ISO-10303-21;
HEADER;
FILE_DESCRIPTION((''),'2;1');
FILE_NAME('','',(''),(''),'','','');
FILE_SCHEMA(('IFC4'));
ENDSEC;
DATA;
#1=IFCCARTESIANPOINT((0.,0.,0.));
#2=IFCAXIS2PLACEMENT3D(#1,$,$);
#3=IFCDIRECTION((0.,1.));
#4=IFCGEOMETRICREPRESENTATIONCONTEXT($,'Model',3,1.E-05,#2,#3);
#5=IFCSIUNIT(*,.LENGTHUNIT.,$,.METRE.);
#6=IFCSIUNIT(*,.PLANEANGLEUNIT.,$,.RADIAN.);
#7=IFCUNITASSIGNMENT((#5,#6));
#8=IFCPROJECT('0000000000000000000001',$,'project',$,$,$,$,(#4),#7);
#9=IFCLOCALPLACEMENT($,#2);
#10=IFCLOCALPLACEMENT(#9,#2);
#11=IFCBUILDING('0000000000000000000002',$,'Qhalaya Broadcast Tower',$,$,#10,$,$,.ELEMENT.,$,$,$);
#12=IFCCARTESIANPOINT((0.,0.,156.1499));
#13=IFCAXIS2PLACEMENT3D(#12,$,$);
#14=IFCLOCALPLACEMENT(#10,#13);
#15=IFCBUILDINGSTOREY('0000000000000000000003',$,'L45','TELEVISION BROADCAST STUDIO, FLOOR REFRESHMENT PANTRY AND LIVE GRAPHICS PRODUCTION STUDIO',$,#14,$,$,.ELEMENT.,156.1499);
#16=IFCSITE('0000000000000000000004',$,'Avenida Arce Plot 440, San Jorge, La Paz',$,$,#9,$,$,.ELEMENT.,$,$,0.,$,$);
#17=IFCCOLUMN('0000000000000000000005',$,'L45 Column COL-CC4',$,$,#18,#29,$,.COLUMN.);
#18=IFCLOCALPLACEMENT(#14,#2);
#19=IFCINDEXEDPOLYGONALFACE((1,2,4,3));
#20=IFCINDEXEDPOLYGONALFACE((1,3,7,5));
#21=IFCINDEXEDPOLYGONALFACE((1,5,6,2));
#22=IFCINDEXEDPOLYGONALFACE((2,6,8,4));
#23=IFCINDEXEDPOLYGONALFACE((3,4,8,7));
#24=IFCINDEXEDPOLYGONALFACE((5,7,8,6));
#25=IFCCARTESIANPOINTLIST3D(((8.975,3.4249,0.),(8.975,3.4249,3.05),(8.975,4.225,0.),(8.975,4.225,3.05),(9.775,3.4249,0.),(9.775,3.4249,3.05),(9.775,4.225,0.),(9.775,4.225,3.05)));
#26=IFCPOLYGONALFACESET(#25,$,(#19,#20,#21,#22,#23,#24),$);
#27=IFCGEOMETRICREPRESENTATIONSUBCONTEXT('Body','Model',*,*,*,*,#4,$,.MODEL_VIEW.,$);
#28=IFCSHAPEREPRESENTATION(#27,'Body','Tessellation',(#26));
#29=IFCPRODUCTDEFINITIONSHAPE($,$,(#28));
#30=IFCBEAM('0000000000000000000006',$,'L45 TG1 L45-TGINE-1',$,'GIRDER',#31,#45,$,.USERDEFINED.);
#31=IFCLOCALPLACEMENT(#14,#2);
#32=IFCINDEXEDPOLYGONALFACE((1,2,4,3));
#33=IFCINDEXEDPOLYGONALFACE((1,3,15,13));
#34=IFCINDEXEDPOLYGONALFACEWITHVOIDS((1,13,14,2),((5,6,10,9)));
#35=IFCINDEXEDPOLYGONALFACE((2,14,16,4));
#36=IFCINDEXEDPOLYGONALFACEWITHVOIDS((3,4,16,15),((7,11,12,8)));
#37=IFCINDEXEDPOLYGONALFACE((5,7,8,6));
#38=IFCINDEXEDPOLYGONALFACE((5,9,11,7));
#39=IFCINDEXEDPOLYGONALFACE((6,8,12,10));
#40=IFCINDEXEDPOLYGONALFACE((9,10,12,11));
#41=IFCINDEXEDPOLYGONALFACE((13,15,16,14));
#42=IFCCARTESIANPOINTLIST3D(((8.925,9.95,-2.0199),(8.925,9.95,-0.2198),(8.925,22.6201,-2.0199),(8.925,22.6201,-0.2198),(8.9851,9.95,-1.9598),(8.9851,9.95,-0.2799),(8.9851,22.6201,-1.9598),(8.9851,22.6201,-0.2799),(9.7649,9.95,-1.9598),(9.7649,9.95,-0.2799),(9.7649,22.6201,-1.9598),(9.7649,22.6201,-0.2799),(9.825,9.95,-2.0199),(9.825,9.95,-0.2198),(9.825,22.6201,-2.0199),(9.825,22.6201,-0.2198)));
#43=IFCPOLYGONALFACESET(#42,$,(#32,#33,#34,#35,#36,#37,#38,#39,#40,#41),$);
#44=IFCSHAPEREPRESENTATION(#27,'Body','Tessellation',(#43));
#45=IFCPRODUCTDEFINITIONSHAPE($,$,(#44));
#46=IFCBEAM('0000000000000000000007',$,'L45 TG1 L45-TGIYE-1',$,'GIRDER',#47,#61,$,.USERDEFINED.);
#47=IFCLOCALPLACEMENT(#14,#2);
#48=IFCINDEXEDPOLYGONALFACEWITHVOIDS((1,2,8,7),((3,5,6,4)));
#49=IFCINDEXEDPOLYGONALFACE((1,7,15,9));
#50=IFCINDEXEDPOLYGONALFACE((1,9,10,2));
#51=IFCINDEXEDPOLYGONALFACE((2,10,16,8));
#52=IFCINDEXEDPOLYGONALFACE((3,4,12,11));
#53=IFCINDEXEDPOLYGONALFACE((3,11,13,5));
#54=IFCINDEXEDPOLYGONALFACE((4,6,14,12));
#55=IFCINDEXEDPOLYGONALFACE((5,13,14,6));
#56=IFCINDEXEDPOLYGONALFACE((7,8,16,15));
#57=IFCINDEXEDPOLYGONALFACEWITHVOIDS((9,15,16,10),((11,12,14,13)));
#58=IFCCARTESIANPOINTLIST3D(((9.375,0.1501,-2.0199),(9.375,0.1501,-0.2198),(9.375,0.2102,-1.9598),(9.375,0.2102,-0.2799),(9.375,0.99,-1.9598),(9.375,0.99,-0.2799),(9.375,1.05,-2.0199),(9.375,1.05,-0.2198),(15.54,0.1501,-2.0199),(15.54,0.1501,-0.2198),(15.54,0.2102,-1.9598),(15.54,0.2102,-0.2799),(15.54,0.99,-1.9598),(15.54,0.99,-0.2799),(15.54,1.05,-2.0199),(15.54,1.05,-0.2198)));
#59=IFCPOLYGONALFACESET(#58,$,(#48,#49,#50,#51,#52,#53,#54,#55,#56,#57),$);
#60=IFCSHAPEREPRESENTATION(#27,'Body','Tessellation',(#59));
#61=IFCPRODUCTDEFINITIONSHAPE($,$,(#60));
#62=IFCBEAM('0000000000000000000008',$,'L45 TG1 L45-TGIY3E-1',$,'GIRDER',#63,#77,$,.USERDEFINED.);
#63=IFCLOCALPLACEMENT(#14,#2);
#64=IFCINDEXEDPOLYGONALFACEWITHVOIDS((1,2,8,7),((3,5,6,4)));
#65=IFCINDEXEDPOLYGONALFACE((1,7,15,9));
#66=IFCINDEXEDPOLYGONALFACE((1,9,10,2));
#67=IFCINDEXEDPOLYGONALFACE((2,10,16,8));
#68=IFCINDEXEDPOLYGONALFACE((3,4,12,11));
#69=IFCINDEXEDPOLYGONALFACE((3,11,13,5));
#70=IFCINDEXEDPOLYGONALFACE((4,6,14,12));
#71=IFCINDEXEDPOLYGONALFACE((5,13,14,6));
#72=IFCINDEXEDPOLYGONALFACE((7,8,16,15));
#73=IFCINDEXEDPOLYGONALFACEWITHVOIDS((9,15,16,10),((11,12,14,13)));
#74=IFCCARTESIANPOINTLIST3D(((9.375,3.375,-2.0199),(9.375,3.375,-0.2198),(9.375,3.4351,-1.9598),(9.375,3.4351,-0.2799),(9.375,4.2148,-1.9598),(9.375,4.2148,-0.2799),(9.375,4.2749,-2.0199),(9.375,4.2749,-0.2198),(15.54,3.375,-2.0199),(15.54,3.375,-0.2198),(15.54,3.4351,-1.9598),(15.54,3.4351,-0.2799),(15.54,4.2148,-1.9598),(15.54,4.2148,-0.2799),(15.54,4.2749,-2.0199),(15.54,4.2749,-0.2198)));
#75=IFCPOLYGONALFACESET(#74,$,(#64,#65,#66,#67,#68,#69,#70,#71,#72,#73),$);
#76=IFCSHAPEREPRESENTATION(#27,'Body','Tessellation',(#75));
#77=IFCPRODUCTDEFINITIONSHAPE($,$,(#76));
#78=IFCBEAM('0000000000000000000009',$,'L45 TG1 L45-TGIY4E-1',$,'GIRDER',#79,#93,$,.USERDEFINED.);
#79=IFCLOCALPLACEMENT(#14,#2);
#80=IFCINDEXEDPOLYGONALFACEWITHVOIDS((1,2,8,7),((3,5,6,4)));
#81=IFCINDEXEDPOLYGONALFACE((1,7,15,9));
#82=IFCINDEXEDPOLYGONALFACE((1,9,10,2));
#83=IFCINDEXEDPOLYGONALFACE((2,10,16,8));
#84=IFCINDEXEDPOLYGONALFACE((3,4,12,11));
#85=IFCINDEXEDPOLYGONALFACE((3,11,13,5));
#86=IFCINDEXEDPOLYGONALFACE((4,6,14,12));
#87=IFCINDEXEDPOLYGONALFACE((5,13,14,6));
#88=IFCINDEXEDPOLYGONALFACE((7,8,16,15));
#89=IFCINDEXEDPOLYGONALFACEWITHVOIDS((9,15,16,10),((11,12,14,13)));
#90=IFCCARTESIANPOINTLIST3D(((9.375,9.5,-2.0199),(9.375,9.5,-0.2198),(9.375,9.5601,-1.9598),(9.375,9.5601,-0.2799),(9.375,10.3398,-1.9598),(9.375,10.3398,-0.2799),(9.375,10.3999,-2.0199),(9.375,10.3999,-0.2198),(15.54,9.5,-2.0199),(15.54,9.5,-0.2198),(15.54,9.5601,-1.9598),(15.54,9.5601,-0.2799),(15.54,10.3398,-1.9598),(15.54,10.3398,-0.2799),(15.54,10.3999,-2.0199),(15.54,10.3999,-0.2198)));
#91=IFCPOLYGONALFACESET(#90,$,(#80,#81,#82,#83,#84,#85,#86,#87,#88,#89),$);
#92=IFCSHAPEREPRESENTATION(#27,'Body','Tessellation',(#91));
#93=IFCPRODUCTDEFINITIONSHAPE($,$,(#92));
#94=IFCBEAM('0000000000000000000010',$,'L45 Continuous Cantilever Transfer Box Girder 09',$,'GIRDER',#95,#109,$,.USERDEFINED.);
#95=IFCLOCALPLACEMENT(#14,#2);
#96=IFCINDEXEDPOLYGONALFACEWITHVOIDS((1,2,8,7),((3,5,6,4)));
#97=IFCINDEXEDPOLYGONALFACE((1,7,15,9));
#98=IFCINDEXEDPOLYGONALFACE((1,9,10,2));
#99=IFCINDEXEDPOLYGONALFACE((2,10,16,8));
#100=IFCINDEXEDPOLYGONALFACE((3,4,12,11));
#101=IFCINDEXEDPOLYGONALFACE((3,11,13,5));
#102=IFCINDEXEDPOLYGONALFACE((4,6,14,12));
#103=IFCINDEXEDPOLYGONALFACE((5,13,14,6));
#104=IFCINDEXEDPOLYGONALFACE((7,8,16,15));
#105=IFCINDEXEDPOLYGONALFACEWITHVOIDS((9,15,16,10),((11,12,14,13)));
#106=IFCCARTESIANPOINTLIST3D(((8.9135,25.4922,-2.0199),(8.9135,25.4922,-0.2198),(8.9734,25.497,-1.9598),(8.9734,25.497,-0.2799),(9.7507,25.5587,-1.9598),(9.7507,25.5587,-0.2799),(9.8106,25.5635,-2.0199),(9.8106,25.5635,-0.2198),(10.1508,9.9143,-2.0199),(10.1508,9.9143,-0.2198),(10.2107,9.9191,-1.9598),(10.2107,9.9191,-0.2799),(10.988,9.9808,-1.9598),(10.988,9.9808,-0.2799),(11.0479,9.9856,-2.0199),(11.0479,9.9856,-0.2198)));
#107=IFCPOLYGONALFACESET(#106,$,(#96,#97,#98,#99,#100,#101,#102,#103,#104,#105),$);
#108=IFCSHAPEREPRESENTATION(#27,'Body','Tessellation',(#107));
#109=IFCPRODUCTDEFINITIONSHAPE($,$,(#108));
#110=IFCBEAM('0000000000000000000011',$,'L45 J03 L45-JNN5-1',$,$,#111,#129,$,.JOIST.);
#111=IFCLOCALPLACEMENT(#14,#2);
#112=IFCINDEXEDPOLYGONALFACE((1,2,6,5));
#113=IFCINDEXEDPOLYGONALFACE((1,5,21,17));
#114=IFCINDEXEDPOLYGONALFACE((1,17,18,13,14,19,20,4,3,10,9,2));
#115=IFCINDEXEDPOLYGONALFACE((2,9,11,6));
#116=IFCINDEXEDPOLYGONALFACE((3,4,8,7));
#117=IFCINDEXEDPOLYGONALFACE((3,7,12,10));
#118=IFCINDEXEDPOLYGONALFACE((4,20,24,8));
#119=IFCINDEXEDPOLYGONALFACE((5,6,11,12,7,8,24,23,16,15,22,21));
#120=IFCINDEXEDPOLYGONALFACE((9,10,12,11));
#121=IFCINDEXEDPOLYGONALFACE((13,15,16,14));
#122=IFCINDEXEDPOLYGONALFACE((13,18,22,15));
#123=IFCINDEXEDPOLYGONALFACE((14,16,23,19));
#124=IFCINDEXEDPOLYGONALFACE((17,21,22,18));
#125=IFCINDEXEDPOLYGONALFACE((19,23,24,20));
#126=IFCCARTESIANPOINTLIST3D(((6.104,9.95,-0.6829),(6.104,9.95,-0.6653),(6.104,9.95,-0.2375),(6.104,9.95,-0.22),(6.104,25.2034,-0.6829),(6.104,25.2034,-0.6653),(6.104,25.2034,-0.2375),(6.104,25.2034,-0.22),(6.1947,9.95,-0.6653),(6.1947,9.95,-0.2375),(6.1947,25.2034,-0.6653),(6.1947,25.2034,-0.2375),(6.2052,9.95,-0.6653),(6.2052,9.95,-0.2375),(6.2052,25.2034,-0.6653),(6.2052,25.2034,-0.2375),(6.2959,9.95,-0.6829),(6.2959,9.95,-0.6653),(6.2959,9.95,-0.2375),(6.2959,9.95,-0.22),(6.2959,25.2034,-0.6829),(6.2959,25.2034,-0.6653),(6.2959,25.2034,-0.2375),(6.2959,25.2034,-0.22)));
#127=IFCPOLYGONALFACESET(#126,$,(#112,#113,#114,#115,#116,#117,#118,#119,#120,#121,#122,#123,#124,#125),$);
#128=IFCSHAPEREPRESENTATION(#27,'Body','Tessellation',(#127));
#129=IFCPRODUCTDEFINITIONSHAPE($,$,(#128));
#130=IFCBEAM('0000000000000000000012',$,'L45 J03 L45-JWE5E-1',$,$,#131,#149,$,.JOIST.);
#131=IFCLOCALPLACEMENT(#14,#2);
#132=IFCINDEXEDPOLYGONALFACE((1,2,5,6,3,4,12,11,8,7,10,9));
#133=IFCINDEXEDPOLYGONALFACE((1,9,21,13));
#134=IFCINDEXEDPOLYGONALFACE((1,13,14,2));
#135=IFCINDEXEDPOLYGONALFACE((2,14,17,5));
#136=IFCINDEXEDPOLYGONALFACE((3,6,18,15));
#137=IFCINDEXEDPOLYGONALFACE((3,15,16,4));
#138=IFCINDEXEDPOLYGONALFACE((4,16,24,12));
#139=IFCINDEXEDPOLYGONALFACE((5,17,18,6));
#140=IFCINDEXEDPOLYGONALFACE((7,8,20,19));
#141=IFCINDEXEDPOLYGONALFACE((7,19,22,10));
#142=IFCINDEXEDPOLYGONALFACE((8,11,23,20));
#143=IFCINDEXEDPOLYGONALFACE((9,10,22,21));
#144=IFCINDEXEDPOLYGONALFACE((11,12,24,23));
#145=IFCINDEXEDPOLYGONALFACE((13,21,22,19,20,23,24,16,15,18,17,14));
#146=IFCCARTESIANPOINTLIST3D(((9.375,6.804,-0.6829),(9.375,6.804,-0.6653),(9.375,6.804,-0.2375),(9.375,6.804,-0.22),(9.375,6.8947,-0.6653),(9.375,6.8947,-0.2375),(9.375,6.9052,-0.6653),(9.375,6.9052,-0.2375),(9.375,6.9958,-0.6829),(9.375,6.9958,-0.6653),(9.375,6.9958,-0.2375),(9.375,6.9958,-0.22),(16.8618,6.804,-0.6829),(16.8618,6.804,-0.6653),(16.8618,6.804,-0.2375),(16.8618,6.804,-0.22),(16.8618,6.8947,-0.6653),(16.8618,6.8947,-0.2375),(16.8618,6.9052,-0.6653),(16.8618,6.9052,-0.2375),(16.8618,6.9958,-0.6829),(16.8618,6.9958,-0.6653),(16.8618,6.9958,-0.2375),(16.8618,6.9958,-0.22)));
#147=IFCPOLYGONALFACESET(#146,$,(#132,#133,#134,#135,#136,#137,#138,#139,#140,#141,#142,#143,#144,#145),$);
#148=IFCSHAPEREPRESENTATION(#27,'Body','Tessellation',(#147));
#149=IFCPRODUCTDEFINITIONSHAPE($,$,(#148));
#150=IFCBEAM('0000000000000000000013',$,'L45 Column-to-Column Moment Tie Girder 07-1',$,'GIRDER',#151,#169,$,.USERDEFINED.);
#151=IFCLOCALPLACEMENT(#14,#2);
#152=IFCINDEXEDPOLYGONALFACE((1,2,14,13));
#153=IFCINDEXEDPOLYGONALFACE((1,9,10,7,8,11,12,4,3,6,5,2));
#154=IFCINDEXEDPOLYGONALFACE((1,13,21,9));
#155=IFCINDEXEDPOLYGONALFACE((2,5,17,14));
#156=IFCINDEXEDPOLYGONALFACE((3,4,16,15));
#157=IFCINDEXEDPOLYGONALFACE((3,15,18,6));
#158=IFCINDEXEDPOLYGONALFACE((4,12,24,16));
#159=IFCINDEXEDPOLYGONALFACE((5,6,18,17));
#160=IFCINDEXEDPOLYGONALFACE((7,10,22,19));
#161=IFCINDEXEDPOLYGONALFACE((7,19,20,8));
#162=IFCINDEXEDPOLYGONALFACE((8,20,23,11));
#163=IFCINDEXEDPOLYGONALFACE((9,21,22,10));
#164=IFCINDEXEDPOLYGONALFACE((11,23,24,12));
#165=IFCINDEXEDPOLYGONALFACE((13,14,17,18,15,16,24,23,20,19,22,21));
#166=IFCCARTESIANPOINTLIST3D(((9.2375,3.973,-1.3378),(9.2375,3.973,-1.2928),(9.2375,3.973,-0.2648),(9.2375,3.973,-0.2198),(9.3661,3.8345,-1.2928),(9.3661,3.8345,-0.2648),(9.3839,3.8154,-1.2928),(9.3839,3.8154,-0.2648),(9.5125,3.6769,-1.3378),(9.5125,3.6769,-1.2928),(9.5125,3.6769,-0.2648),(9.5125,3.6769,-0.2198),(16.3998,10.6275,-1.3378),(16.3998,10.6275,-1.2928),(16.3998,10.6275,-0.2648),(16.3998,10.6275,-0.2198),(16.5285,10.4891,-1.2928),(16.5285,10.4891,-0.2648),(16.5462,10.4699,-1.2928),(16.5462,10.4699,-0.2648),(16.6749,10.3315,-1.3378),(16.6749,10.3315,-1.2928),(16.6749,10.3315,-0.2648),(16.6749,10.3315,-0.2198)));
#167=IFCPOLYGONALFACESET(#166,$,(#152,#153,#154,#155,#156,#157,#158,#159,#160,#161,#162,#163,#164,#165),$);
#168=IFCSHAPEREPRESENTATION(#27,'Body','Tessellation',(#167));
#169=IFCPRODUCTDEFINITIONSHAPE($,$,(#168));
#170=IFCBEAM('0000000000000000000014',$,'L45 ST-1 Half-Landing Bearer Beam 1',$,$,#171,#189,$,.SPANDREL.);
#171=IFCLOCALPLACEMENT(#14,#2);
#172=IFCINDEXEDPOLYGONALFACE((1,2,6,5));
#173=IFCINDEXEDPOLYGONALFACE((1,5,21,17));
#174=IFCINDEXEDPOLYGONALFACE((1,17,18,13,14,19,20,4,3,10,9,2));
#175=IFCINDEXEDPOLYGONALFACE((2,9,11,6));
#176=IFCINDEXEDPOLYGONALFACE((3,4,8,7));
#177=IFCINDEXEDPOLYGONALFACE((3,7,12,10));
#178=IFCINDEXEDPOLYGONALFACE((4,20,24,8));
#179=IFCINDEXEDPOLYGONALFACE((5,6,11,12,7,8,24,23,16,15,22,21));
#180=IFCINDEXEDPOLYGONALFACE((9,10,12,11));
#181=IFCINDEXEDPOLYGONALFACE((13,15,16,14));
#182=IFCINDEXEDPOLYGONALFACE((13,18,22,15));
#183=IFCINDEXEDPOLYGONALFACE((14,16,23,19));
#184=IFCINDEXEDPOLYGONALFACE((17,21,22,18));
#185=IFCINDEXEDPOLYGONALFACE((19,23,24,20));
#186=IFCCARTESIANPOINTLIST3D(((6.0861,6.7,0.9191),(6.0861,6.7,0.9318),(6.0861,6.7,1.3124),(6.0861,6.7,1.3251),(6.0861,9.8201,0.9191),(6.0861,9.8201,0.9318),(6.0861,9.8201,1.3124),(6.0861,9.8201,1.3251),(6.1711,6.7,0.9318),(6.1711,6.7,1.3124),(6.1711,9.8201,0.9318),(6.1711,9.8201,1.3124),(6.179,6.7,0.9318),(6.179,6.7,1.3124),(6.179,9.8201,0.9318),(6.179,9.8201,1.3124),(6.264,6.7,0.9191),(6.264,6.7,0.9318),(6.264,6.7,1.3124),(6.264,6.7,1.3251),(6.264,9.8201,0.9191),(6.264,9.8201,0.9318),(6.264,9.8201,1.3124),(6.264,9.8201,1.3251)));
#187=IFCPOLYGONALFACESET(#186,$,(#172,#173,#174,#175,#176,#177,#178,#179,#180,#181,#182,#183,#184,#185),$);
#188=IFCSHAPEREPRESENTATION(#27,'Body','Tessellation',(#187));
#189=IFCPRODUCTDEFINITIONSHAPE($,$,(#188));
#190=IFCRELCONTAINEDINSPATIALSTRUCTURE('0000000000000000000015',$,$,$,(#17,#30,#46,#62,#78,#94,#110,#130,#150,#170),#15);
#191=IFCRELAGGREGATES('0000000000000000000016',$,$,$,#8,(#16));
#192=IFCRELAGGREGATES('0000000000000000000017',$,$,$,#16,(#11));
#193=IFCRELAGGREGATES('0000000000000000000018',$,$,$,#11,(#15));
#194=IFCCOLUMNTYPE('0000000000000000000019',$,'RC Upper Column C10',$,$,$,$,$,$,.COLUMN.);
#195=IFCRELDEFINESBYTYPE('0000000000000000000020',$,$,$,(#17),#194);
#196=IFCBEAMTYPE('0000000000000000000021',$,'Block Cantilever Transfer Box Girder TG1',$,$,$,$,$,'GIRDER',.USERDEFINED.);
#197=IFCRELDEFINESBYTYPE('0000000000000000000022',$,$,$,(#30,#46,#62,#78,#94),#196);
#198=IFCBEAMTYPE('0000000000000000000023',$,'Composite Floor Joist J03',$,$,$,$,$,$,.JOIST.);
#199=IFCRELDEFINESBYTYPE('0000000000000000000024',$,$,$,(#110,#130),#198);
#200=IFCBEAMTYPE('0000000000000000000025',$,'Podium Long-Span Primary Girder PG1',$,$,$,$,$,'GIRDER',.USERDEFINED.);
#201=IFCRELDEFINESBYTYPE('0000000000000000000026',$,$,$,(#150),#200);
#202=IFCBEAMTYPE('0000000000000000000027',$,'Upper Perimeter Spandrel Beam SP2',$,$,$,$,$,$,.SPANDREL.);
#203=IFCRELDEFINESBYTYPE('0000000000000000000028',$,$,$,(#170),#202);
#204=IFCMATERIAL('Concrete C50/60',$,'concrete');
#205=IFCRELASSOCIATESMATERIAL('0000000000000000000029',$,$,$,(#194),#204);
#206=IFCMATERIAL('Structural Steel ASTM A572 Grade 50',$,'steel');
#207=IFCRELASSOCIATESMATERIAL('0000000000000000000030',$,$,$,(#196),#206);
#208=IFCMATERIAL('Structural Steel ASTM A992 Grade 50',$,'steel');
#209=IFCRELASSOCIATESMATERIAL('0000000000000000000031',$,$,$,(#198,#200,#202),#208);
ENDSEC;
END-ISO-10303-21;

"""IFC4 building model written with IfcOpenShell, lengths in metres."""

from ifc_helpers import new_model, si_unit, direction, frame, origin, origin_2d, place, context, subcontext, project, spatial, rectangle, hollow_rectangle, i_section, extrude, material, material_profile, profile_set, type_object, element, save


model = new_model("IFC4")

# Units and contexts
model_context = context("Model", 3, precision=1e-05, world=origin(), true_north=direction((0.0, 1.0)))
body_context = subcontext(model_context, "Body", "Model", "MODEL_VIEW")
ifc_project = project(units=[si_unit("LENGTHUNIT", "METRE"), si_unit("PLANEANGLEUNIT", "RADIAN")], contexts=[model_context])

# Site, building, storey
site_placement = place(None, origin())
site = spatial("IfcSite", under=ifc_project, at=site_placement, Name="Avenida Arce Plot 440, San Jorge, La Paz", CompositionType="ELEMENT", RefElevation=0.0)
building_placement = place(site_placement, origin())
building = spatial("IfcBuilding", under=site, at=building_placement, Name="Qhalaya Broadcast Tower", CompositionType="ELEMENT")
storey_placement = place(building_placement, frame((0.0, 0.0, 156.1499)))
storey = spatial("IfcBuildingStorey", under=building, at=storey_placement, Name="L45", Description="TELEVISION BROADCAST STUDIO, FLOOR REFRESHMENT PANTRY AND LIVE GRAPHICS PRODUCTION STUDIO", CompositionType="ELEMENT", Elevation=156.1499)

# Column
ifc_material_1 = material(Name="Concrete C50/60", Category="concrete")
ifc_material_profile_1 = material_profile(ifc_material_1, rectangle(XDim=0.8, YDim=0.8, at=origin_2d()), Name="RC-COL 800x800")
ifc_profile_set_1 = profile_set([ifc_material_profile_1], Name="Concrete C50/60")
column_type = type_object("IfcColumnType", Name="RC Upper Column C10", PredefinedType="COLUMN", material=ifc_profile_set_1)
column_placement = place(storey_placement, frame((9.375, 3.825, 0.0), z_axis=(0.0, 0.0, 1.0), x_axis=(1.0, 0.0, 0.0)))
element("IfcColumn", 1, at=column_placement, inside=storey, type_object=column_type, Name="L45 Column COL-CC4", PredefinedType="COLUMN", context=body_context, shape_type="SweptSolid", body=[
    extrude(rectangle(XDim=0.8, YDim=0.8, at=origin_2d()), origin(), (0.0, 0.0, 1.0), 3.05),
])

# Beams
ifc_material_2 = material(Name="Structural Steel ASTM A572 Grade 50", Category="steel")
ifc_material_profile_2 = material_profile(ifc_material_2, hollow_rectangle(XDim=0.8999, YDim=1.8, WallThickness=0.0601, at=origin_2d()), Name="BOX 900x1800x60")
ifc_profile_set_2 = profile_set([ifc_material_profile_2], Name="Structural Steel ASTM A572 Grade 50")
beam_type_1 = type_object("IfcBeamType", Name="Block Cantilever Transfer Box Girder TG1", ElementType="GIRDER", PredefinedType="USERDEFINED", material=ifc_profile_set_2)
beam_1_placement = place(storey_placement, frame((9.375, 9.95, -1.1199), z_axis=(0.0, 1.0, 0.0), x_axis=(-1.0, 0.0, 0.0)))
element("IfcBeam", 2, at=beam_1_placement, inside=storey, type_object=beam_type_1, Name="L45 TG1 L45-TGINE-1", ObjectType="GIRDER", PredefinedType="USERDEFINED", context=body_context, shape_type="SweptSolid", body=[
    extrude(hollow_rectangle(XDim=0.8999, YDim=1.8, WallThickness=0.0601, at=origin_2d()), origin(), (0.0, 0.0, 1.0), 12.6702),
])
for number, where, z_axis, x_axis, name in (
    (3, (9.375, 0.6001, -1.1199), (1.0, 0.0, 0.0), (0.0, 1.0, 0.0), "L45 TG1 L45-TGIYE-1"),
    (4, (9.375, 3.825, -1.1199), (1.0, 0.0, 0.0), (0.0, 1.0, 0.0), "L45 TG1 L45-TGIY3E-1"),
    (5, (9.375, 9.95, -1.1199), (1.0, 0.0, 0.0), (0.0, 1.0, 0.0), "L45 TG1 L45-TGIY4E-1"),
):
    element("IfcBeam", number, at=place(storey_placement, frame(where, z_axis=z_axis, x_axis=x_axis)), inside=storey, type_object=beam_type_1, Name=name, ObjectType="GIRDER", PredefinedType="USERDEFINED", context=body_context, shape_type="SweptSolid", body=[
        extrude(hollow_rectangle(XDim=0.8999, YDim=1.8, WallThickness=0.0601, at=origin_2d()), origin(), (0.0, 0.0, 1.0), 6.165),
    ])
beam_2_placement = place(storey_placement, frame((10.5994, 9.95, -1.1199), z_axis=(-0.079178, 0.996861, 0.0), x_axis=(-0.996861, -0.079178, 0.0)))
element("IfcBeam", 6, at=beam_2_placement, inside=storey, type_object=beam_type_1, Name="L45 Continuous Cantilever Transfer Box Girder 09", ObjectType="GIRDER", PredefinedType="USERDEFINED", context=body_context, shape_type="SweptSolid", body=[
    extrude(hollow_rectangle(XDim=0.8999, YDim=1.8, WallThickness=0.0601, at=origin_2d()), origin(), (0.0, 0.0, 1.0), 15.627),
])
ifc_material_3 = material(Name="Structural Steel ASTM A992 Grade 50", Category="steel")
ifc_material_profile_3 = material_profile(ifc_material_3, i_section(OverallWidth=0.1919, OverallDepth=0.4629, WebThickness=0.0105, FlangeThickness=0.0176, at=origin_2d()), Name="W18X60")
ifc_profile_set_3 = profile_set([ifc_material_profile_3], Name="Structural Steel ASTM A992 Grade 50")
beam_type_2 = type_object("IfcBeamType", Name="Composite Floor Joist J03", PredefinedType="JOIST", material=ifc_profile_set_3)
beam_3_placement = place(storey_placement, frame((6.2, 9.95, -0.4514), z_axis=(0.0, 1.0, 0.0), x_axis=(-1.0, 0.0, 0.0)))
element("IfcBeam", 7, at=beam_3_placement, inside=storey, type_object=beam_type_2, Name="L45 J03 L45-JNN5-1", PredefinedType="JOIST", context=body_context, shape_type="SweptSolid", body=[
    extrude(i_section(OverallWidth=0.1919, OverallDepth=0.4629, WebThickness=0.0105, FlangeThickness=0.0176, at=origin_2d()), origin(), (0.0, 0.0, 1.0), 15.2534),
])
beam_4_placement = place(storey_placement, frame((9.375, 6.8999, -0.4514), z_axis=(1.0, 0.0, 0.0), x_axis=(0.0, 1.0, 0.0)))
element("IfcBeam", 8, at=beam_4_placement, inside=storey, type_object=beam_type_2, Name="L45 J03 L45-JWE5E-1", PredefinedType="JOIST", context=body_context, shape_type="SweptSolid", body=[
    extrude(i_section(OverallWidth=0.1919, OverallDepth=0.4629, WebThickness=0.0105, FlangeThickness=0.0176, at=origin_2d()), origin(), (0.0, 0.0, 1.0), 7.4868),
])
ifc_material_profile_4 = material_profile(ifc_material_3, i_section(OverallWidth=0.4041, OverallDepth=1.1179, WebThickness=0.0261, FlangeThickness=0.0449, at=origin_2d()), Name="W44X335")
ifc_profile_set_4 = profile_set([ifc_material_profile_4], Name="Structural Steel ASTM A992 Grade 50")
beam_type_3 = type_object("IfcBeamType", Name="Podium Long-Span Primary Girder PG1", ElementType="GIRDER", PredefinedType="USERDEFINED", material=ifc_profile_set_4)
beam_5_placement = place(storey_placement, frame((9.375, 3.825, -0.7788), z_axis=(0.7326, 0.680659, 0.0), x_axis=(-0.680659, 0.7326, 0.0)))
element("IfcBeam", 9, at=beam_5_placement, inside=storey, type_object=beam_type_3, Name="L45 Column-to-Column Moment Tie Girder 07-1", ObjectType="GIRDER", PredefinedType="USERDEFINED", context=body_context, shape_type="SweptSolid", body=[
    extrude(i_section(OverallWidth=0.4041, OverallDepth=1.1179, WebThickness=0.0261, FlangeThickness=0.0449, at=origin_2d()), origin(), (0.0, 0.0, 1.0), 9.7766),
])
ifc_material_profile_5 = material_profile(ifc_material_3, i_section(OverallWidth=0.178, OverallDepth=0.406, WebThickness=0.0078, FlangeThickness=0.0127, at=origin_2d()), Name="W16X40")
ifc_profile_set_5 = profile_set([ifc_material_profile_5], Name="Structural Steel ASTM A992 Grade 50")
beam_type_4 = type_object("IfcBeamType", Name="Upper Perimeter Spandrel Beam SP2", PredefinedType="SPANDREL", material=ifc_profile_set_5)
for number, where, z_axis, x_axis, name in (
    (10, (6.175, 6.7, 1.1221), (0.0, 1.0, 0.0), (-1.0, 0.0, 0.0), "L45 ST-1 Half-Landing Bearer Beam 1"),
):
    element("IfcBeam", number, at=place(storey_placement, frame(where, z_axis=z_axis, x_axis=x_axis)), inside=storey, type_object=beam_type_4, Name=name, PredefinedType="SPANDREL", context=body_context, shape_type="SweptSolid", body=[
        extrude(i_section(OverallWidth=0.178, OverallDepth=0.406, WebThickness=0.0078, FlangeThickness=0.0127, at=origin_2d()), origin(), (0.0, 0.0, 1.0), 3.1201),
    ])

save(model, "model.ifc")
